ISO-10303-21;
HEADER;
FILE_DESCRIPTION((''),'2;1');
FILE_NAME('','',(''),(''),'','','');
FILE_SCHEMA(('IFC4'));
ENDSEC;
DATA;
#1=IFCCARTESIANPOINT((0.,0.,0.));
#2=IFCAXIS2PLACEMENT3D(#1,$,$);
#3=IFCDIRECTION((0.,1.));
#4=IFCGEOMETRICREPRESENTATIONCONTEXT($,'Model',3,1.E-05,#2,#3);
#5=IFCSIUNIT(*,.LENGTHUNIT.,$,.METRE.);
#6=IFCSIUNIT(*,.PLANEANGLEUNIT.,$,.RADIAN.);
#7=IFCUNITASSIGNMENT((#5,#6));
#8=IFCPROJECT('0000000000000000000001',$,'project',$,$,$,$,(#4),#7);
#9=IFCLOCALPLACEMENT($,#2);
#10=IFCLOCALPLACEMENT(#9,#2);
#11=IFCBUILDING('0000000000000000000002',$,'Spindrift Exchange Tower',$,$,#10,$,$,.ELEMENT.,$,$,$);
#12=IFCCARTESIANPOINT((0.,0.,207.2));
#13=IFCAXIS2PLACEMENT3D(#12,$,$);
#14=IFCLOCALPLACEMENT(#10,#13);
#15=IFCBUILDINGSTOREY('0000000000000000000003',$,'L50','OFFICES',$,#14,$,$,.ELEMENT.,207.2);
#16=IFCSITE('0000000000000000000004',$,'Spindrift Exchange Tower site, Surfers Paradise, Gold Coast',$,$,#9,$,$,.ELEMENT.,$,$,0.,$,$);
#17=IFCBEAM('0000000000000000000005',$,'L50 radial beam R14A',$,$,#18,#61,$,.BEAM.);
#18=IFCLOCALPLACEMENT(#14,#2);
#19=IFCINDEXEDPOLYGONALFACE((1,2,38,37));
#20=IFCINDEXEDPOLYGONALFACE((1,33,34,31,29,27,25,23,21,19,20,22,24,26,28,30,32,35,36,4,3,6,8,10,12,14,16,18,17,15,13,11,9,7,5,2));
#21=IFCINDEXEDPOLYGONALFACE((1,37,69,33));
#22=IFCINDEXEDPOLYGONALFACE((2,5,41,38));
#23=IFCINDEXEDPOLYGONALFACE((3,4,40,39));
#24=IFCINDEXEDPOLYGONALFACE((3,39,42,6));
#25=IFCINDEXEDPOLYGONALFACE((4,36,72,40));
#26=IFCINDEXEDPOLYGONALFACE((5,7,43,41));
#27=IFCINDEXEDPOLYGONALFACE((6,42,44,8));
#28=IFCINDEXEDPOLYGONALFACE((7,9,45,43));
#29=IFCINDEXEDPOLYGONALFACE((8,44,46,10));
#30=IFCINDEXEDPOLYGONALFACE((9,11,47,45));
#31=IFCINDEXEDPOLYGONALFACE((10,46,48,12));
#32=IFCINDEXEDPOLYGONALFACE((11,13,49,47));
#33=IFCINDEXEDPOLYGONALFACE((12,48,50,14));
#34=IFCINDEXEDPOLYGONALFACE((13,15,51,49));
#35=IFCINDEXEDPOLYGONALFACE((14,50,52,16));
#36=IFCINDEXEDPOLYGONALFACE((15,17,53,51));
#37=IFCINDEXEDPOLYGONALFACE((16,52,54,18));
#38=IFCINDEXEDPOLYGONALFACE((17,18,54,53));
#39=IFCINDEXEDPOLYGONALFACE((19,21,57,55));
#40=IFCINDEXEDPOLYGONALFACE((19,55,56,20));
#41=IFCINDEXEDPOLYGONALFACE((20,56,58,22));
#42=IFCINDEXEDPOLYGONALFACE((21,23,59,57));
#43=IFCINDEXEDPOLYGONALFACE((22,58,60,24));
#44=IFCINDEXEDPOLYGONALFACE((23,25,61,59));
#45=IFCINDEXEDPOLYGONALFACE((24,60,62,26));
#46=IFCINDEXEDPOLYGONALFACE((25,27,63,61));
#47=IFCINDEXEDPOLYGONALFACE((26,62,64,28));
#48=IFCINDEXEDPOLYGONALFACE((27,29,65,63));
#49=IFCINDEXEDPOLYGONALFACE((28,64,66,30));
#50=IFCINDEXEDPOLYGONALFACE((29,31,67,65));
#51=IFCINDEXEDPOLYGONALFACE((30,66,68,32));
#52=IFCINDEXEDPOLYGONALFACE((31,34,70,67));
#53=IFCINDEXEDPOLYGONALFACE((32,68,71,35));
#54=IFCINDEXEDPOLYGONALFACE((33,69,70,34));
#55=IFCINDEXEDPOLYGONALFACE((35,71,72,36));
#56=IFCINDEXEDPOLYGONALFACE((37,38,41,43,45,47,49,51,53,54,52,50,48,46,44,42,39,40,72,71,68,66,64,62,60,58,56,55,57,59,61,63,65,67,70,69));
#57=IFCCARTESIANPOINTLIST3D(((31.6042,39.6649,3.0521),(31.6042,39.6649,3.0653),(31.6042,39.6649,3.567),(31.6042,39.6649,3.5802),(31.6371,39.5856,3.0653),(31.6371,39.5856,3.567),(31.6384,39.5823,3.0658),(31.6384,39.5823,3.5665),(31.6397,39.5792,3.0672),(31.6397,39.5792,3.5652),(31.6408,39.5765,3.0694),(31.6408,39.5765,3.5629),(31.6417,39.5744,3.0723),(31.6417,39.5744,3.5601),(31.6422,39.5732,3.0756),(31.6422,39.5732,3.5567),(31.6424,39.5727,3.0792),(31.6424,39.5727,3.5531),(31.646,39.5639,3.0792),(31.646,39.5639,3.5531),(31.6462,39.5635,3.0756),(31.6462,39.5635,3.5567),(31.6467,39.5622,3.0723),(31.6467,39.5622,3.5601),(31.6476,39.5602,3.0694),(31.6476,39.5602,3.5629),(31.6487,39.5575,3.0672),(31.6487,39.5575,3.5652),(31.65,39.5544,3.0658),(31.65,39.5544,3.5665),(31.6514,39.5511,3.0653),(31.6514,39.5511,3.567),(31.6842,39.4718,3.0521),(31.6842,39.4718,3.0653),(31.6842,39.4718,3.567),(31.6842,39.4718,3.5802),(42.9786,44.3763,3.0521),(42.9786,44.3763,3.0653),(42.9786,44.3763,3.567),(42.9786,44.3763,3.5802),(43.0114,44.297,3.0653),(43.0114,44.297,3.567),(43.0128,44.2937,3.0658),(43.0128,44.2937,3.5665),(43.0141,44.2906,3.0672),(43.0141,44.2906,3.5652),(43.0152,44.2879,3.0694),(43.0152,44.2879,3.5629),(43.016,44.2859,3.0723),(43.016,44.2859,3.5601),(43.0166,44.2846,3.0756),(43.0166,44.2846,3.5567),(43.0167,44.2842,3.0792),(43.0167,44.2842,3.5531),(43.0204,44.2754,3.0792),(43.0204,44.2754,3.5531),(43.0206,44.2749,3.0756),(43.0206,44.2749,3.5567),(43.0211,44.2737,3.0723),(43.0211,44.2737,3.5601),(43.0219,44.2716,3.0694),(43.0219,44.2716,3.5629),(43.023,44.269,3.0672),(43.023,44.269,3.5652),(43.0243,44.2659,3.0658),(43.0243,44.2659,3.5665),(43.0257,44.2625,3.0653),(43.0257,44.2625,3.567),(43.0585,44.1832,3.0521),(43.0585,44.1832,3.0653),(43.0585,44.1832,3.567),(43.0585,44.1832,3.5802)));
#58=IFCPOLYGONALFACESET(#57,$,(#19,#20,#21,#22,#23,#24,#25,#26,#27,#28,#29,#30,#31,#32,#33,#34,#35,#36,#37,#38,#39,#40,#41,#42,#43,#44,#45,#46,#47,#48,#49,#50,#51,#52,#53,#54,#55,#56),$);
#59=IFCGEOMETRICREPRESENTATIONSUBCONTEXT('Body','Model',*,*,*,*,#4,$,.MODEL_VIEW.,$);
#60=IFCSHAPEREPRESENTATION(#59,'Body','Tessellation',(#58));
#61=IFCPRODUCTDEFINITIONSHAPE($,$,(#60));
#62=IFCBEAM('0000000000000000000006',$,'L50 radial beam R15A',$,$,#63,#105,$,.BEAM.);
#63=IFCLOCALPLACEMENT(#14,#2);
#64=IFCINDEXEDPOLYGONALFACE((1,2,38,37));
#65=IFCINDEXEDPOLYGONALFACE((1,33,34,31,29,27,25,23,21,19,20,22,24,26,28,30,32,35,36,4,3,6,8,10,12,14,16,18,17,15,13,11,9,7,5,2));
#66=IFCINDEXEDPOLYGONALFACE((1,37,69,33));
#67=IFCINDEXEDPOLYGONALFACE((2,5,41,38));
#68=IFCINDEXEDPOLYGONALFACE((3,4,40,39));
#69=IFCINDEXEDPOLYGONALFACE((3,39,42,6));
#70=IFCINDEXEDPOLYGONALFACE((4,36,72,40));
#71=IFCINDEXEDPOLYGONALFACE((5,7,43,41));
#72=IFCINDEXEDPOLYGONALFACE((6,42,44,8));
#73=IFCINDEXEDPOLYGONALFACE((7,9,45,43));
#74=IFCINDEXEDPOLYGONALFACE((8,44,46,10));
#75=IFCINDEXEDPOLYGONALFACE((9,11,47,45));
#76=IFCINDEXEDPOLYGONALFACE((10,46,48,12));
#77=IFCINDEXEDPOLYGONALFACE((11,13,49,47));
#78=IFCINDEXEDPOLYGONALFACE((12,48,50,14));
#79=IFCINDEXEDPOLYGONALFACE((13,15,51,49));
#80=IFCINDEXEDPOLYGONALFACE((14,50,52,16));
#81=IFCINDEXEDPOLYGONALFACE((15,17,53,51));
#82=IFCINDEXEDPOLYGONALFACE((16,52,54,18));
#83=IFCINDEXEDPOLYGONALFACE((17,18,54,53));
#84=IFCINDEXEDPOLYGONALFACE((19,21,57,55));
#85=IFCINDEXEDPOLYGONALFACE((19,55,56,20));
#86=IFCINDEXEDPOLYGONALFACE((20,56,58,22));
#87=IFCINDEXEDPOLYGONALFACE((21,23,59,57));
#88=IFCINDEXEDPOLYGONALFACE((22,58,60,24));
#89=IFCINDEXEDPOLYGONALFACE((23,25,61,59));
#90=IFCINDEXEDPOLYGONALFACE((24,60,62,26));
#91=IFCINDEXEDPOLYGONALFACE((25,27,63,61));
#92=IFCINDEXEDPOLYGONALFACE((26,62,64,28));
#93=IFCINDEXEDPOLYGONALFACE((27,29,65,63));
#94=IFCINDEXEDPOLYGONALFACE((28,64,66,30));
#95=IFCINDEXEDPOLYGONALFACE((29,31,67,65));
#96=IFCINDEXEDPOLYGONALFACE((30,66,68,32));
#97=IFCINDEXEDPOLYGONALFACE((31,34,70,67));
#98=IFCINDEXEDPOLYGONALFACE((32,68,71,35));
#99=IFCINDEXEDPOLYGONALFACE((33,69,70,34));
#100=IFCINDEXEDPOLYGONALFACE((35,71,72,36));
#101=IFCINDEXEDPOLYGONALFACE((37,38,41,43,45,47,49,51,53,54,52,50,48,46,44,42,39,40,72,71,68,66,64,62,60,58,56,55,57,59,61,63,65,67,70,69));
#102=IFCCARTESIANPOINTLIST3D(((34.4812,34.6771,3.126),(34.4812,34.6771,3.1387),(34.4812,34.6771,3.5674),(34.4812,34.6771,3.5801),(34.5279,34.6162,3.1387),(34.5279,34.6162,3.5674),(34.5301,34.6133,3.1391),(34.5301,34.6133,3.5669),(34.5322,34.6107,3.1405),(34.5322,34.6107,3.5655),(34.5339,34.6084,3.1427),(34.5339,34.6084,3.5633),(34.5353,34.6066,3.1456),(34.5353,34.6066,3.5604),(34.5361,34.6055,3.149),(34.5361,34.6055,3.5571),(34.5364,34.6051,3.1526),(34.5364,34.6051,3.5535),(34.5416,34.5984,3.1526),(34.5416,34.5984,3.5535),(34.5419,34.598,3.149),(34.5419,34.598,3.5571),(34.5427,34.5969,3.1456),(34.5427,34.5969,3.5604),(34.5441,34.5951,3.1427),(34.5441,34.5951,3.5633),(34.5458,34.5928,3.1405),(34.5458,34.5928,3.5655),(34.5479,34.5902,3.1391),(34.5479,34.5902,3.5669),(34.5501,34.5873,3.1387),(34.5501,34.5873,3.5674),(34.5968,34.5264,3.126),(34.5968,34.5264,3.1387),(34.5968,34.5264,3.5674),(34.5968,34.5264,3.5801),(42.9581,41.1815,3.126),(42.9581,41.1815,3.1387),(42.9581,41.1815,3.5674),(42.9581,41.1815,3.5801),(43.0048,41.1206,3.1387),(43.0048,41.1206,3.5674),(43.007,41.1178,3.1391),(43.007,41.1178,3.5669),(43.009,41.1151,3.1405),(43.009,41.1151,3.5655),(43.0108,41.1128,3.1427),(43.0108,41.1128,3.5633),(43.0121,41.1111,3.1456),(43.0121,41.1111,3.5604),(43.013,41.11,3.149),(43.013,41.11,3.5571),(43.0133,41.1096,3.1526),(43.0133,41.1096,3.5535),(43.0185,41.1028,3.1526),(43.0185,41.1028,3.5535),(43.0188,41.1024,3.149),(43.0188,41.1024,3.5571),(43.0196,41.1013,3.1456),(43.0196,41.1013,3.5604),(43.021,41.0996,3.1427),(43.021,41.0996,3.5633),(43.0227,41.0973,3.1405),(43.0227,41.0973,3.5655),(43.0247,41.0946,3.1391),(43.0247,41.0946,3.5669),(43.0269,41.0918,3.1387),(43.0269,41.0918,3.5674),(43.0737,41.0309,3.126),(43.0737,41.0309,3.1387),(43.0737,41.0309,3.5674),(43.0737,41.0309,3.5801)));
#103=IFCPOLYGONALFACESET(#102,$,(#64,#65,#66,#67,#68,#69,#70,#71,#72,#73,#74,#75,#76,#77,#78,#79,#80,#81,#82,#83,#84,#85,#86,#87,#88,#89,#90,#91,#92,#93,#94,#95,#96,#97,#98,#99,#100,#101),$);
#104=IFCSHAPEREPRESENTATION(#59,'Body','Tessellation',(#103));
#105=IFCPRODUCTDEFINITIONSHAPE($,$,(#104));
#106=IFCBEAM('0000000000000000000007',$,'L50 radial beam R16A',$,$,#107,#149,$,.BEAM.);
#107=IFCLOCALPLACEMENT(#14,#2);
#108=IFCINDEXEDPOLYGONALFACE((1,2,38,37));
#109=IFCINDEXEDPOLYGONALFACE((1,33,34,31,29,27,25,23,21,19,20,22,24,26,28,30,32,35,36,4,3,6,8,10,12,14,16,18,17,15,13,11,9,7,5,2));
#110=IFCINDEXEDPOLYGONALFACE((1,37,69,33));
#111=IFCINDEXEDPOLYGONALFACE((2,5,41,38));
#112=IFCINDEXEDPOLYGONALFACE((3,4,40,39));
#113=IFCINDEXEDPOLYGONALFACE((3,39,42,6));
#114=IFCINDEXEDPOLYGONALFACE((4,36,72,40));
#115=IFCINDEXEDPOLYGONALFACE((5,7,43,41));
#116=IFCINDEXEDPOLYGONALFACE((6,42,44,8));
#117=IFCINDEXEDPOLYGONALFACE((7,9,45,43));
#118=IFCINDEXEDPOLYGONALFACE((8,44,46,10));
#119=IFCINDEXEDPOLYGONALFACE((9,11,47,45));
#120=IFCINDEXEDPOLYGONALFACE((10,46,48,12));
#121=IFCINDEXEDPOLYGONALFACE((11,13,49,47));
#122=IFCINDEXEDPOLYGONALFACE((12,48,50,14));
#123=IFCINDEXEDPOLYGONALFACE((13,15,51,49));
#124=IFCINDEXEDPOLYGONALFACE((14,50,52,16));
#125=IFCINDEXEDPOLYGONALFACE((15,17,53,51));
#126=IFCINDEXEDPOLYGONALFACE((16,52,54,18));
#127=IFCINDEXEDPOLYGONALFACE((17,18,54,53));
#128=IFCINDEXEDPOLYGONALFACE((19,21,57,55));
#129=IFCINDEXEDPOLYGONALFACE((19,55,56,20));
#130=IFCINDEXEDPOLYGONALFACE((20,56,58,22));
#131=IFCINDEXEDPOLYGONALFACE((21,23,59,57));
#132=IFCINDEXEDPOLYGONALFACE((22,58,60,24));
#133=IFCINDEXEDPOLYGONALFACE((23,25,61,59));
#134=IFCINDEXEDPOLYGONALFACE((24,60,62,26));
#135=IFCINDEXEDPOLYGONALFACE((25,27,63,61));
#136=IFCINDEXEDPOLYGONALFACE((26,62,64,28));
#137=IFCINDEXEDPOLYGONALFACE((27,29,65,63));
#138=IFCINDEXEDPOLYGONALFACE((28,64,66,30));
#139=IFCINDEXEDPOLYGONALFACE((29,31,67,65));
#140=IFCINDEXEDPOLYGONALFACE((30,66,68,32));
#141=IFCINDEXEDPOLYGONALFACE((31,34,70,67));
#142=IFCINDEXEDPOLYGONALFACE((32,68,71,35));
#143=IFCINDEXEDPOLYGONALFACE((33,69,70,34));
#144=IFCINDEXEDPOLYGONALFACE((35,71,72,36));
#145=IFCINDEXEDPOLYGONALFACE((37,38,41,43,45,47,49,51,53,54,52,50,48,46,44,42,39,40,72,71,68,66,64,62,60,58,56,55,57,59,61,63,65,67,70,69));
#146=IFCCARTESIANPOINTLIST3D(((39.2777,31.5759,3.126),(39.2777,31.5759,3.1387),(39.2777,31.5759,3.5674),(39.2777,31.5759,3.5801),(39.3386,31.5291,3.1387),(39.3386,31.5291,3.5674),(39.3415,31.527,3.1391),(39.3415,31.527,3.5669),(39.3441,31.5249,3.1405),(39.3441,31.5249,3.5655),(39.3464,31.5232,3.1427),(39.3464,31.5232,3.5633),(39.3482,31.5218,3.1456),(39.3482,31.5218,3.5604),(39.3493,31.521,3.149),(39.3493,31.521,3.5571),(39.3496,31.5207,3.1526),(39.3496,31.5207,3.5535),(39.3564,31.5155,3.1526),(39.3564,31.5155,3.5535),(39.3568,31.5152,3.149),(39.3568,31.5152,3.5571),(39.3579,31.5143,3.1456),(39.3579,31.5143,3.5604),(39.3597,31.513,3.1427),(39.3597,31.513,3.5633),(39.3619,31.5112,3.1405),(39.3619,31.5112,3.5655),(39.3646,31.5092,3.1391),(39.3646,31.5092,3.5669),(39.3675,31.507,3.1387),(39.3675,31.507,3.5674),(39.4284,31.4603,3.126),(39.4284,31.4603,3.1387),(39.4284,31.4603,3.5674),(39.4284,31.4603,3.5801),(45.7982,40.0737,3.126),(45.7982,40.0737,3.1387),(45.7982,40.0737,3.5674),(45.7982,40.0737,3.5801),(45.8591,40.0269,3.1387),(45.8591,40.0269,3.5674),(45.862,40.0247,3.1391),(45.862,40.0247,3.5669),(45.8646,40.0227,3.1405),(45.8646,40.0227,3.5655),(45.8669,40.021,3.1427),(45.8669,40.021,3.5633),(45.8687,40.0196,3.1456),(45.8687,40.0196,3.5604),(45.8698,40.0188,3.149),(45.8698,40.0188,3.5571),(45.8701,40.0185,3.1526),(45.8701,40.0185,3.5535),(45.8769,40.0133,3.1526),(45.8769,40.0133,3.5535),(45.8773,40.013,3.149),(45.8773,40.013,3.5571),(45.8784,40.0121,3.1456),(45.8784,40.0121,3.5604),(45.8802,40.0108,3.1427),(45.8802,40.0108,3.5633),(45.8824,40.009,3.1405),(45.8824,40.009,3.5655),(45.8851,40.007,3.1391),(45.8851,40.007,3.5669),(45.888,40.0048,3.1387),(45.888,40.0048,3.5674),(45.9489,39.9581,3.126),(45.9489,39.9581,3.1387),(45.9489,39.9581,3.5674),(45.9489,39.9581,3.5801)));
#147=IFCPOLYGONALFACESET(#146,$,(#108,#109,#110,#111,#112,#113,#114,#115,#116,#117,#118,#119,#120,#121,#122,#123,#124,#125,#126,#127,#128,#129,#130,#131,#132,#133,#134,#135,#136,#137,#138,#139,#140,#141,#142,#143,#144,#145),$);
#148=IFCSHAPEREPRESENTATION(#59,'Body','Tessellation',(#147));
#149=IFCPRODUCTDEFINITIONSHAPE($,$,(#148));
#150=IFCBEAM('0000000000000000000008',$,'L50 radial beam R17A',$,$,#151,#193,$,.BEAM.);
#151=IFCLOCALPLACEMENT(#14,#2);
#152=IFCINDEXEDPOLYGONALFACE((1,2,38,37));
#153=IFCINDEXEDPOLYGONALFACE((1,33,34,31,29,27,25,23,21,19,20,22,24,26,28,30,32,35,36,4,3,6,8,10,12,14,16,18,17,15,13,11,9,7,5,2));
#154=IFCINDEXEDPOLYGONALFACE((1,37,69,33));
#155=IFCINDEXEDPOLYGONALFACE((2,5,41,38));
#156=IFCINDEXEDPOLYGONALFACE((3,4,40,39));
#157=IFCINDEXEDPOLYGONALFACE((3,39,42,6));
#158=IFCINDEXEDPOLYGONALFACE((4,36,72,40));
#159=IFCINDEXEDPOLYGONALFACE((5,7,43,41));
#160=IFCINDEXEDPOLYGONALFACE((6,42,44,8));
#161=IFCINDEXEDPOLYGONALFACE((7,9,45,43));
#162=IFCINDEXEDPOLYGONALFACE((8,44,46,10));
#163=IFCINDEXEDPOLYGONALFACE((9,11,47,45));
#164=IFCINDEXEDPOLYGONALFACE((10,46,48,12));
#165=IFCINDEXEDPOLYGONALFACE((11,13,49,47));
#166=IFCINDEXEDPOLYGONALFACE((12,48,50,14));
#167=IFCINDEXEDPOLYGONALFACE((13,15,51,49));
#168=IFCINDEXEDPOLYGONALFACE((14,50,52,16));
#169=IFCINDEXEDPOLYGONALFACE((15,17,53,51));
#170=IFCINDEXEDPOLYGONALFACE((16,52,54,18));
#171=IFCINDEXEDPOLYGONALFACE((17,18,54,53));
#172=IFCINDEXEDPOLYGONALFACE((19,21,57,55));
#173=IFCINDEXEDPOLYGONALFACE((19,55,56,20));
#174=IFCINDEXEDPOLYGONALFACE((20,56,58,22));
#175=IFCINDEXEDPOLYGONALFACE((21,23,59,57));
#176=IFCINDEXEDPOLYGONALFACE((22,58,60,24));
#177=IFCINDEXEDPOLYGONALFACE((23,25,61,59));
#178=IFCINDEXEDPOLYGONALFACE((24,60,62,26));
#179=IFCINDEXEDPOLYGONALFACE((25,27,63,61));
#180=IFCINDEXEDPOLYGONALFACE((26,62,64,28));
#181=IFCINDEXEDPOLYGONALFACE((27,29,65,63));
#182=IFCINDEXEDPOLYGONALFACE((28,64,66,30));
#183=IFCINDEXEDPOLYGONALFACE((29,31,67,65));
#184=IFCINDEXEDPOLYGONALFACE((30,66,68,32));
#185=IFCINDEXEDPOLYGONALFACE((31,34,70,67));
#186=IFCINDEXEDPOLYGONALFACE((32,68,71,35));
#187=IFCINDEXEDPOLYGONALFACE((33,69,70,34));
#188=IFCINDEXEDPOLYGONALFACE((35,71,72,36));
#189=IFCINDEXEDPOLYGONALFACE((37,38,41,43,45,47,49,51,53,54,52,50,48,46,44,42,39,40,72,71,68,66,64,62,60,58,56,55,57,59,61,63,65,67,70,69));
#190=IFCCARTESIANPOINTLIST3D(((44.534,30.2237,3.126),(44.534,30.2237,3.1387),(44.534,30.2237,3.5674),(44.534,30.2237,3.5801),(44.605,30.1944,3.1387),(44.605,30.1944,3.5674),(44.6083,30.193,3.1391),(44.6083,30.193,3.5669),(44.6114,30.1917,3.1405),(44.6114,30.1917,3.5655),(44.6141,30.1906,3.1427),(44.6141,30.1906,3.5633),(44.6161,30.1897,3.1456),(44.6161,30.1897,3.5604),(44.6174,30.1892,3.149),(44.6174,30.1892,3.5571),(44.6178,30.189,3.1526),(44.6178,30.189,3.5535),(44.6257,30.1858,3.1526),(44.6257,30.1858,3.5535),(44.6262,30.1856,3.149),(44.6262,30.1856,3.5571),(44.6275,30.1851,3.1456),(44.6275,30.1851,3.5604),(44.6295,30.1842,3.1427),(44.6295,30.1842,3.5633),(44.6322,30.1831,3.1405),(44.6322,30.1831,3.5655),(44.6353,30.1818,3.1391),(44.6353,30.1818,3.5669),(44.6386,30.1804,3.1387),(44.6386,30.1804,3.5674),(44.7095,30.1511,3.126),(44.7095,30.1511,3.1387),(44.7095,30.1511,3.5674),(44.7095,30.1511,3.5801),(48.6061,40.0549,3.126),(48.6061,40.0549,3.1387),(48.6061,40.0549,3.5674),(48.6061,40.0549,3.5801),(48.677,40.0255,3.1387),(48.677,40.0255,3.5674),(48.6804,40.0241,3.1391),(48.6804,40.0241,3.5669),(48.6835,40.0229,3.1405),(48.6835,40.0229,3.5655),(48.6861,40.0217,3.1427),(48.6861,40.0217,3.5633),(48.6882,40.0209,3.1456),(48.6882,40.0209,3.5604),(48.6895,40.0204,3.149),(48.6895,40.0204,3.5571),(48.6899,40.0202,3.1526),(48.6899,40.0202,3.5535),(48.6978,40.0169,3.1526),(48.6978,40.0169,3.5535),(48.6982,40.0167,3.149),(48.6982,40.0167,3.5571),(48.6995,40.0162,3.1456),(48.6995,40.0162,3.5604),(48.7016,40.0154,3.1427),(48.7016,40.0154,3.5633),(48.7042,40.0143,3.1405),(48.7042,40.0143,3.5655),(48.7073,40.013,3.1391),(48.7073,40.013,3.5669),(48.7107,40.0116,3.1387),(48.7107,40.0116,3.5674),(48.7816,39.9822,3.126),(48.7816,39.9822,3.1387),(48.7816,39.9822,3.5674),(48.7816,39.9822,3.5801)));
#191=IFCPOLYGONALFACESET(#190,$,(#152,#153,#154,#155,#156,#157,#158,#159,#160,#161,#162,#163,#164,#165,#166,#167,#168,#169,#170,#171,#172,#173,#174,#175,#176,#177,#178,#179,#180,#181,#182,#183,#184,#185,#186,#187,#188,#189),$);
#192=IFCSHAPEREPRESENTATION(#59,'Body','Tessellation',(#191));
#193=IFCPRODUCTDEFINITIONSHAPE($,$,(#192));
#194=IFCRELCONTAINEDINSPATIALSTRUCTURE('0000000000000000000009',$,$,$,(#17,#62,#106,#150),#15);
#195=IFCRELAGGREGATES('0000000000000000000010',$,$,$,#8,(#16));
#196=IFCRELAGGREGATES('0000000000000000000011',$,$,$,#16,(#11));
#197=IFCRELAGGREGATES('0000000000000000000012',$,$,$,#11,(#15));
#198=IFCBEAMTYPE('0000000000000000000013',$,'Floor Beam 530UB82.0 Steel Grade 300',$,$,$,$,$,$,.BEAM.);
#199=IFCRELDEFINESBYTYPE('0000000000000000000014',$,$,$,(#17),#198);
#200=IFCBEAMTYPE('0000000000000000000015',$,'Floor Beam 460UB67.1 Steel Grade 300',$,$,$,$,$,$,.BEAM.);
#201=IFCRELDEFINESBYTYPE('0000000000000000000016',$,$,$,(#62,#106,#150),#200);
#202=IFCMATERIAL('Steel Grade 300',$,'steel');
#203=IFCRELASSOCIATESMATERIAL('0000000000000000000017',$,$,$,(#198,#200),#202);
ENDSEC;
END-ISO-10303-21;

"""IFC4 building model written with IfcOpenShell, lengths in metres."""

from ifc_helpers import new_model, si_unit, direction, frame, origin, origin_2d, place, context, subcontext, project, spatial, i_section, extrude, source, transform, mapped, material, material_profile, profile_set, type_object, element, save


model = new_model("IFC4")

# Units and contexts
model_context = context("Model", 3, precision=1e-05, world=origin(), true_north=direction((0.0, 1.0)))
body_context = subcontext(model_context, "Body", "Model", "MODEL_VIEW")
ifc_project = project(units=[si_unit("LENGTHUNIT", "METRE"), si_unit("PLANEANGLEUNIT", "RADIAN")], contexts=[model_context])

# Site, building, storey
site_placement = place(None, origin())
site = spatial("IfcSite", under=ifc_project, at=site_placement, Name="Spindrift Exchange Tower site, Surfers Paradise, Gold Coast", CompositionType="ELEMENT", RefElevation=0.0)
building_placement = place(site_placement, origin())
building = spatial("IfcBuilding", under=site, at=building_placement, Name="Spindrift Exchange Tower", CompositionType="ELEMENT")
storey_placement = place(building_placement, frame((0.0, 0.0, 207.2)))
storey = spatial("IfcBuildingStorey", under=building, at=storey_placement, Name="L50", Description="OFFICES", CompositionType="ELEMENT", Elevation=207.2)

# Beams
ifc_material_1 = material(Name="Steel Grade 300", Category="steel")
ifc_material_profile_1 = material_profile(ifc_material_1, i_section(OverallWidth=0.209, OverallDepth=0.5281, WebThickness=0.0095, FlangeThickness=0.0132, FilletRadius=0.0139, at=origin_2d()), Name="530UB82.0")
ifc_profile_set_1 = profile_set([ifc_material_profile_1], Name="Steel Grade 300")
beam_type_1 = type_object("IfcBeamType", Name="Floor Beam 530UB82.0 Steel Grade 300", PredefinedType="BEAM", material=ifc_profile_set_1)
shared_shape_1 = source(origin(), body_context, "Body", "SweptSolid", [
    extrude(i_section(OverallWidth=0.209, OverallDepth=0.5281, WebThickness=0.0095, FlangeThickness=0.0132, FilletRadius=0.0139, at=origin_2d()), origin(), (0.0, 0.0, 1.0), 12.3115),
])
beam_1_placement = place(storey_placement, frame((43.0186, 44.2798, 3.3162), z_axis=(-0.923878, -0.382687, 0.0), x_axis=(0.382687, -0.923878, 0.0)))
element("IfcBeam", 1, at=beam_1_placement, inside=storey, type_object=beam_type_1, Name="L50 radial beam R14A", PredefinedType="BEAM", context=body_context, shape_type="MappedRepresentation", body=[
    mapped(shared_shape_1, transform((0.0, 0.0, 0.0), scale=1.0)),
])
ifc_material_profile_2 = material_profile(ifc_material_1, i_section(OverallWidth=0.1899, OverallDepth=0.4541, WebThickness=0.0085, FlangeThickness=0.0127, FilletRadius=0.0139, at=origin_2d()), Name="460UB67.1")
ifc_profile_set_2 = profile_set([ifc_material_profile_2], Name="Steel Grade 300")
beam_type_2 = type_object("IfcBeamType", Name="Floor Beam 460UB67.1 Steel Grade 300", PredefinedType="BEAM", material=ifc_profile_set_2)
shared_shape_2 = source(origin(), body_context, "Body", "SweptSolid", [
    extrude(i_section(OverallWidth=0.1899, OverallDepth=0.4541, WebThickness=0.0085, FlangeThickness=0.0127, FilletRadius=0.0139, at=origin_2d()), origin(), (0.0, 0.0, 1.0), 10.6848),
])
beam_2_placement = place(storey_placement, frame((43.0159, 41.1062, 3.353), z_axis=(-0.793357, -0.608756, 0.0), x_axis=(0.608756, -0.793357, 0.0)))
element("IfcBeam", 2, at=beam_2_placement, inside=storey, type_object=beam_type_2, Name="L50 radial beam R15A", PredefinedType="BEAM", context=body_context, shape_type="MappedRepresentation", body=[
    mapped(shared_shape_2, transform((0.0, 0.0, 0.0), scale=1.0)),
])
shared_shape_3 = source(origin(), body_context, "Body", "SweptSolid", [
    extrude(i_section(OverallWidth=0.1899, OverallDepth=0.4541, WebThickness=0.0085, FlangeThickness=0.0127, FilletRadius=0.0139, at=origin_2d()), origin(), (0.0, 0.0, 1.0), 10.7112),
])
beam_3_placement = place(storey_placement, frame((45.8735, 40.0159, 3.353), z_axis=(-0.608756, -0.793357, 0.0), x_axis=(0.793357, -0.608756, 0.0)))
element("IfcBeam", 3, at=beam_3_placement, inside=storey, type_object=beam_type_2, Name="L50 radial beam R16A", PredefinedType="BEAM", context=body_context, shape_type="MappedRepresentation", body=[
    mapped(shared_shape_3, transform((0.0, 0.0, 0.0), scale=1.0)),
])
shared_shape_4 = source(origin(), body_context, "Body", "SweptSolid", [
    extrude(i_section(OverallWidth=0.1899, OverallDepth=0.4541, WebThickness=0.0085, FlangeThickness=0.0127, FilletRadius=0.0139, at=origin_2d()), origin(), (0.0, 0.0, 1.0), 10.6411),
])
beam_4_placement = place(storey_placement, frame((48.6938, 40.0186, 3.353), z_axis=(-0.382673, -0.923884, 0.0), x_axis=(0.923884, -0.382673, 0.0)))
element("IfcBeam", 4, at=beam_4_placement, inside=storey, type_object=beam_type_2, Name="L50 radial beam R17A", PredefinedType="BEAM", context=body_context, shape_type="MappedRepresentation", body=[
    mapped(shared_shape_4, transform((0.0, 0.0, 0.0), scale=1.0)),
])

save(model, "model.ifc")
